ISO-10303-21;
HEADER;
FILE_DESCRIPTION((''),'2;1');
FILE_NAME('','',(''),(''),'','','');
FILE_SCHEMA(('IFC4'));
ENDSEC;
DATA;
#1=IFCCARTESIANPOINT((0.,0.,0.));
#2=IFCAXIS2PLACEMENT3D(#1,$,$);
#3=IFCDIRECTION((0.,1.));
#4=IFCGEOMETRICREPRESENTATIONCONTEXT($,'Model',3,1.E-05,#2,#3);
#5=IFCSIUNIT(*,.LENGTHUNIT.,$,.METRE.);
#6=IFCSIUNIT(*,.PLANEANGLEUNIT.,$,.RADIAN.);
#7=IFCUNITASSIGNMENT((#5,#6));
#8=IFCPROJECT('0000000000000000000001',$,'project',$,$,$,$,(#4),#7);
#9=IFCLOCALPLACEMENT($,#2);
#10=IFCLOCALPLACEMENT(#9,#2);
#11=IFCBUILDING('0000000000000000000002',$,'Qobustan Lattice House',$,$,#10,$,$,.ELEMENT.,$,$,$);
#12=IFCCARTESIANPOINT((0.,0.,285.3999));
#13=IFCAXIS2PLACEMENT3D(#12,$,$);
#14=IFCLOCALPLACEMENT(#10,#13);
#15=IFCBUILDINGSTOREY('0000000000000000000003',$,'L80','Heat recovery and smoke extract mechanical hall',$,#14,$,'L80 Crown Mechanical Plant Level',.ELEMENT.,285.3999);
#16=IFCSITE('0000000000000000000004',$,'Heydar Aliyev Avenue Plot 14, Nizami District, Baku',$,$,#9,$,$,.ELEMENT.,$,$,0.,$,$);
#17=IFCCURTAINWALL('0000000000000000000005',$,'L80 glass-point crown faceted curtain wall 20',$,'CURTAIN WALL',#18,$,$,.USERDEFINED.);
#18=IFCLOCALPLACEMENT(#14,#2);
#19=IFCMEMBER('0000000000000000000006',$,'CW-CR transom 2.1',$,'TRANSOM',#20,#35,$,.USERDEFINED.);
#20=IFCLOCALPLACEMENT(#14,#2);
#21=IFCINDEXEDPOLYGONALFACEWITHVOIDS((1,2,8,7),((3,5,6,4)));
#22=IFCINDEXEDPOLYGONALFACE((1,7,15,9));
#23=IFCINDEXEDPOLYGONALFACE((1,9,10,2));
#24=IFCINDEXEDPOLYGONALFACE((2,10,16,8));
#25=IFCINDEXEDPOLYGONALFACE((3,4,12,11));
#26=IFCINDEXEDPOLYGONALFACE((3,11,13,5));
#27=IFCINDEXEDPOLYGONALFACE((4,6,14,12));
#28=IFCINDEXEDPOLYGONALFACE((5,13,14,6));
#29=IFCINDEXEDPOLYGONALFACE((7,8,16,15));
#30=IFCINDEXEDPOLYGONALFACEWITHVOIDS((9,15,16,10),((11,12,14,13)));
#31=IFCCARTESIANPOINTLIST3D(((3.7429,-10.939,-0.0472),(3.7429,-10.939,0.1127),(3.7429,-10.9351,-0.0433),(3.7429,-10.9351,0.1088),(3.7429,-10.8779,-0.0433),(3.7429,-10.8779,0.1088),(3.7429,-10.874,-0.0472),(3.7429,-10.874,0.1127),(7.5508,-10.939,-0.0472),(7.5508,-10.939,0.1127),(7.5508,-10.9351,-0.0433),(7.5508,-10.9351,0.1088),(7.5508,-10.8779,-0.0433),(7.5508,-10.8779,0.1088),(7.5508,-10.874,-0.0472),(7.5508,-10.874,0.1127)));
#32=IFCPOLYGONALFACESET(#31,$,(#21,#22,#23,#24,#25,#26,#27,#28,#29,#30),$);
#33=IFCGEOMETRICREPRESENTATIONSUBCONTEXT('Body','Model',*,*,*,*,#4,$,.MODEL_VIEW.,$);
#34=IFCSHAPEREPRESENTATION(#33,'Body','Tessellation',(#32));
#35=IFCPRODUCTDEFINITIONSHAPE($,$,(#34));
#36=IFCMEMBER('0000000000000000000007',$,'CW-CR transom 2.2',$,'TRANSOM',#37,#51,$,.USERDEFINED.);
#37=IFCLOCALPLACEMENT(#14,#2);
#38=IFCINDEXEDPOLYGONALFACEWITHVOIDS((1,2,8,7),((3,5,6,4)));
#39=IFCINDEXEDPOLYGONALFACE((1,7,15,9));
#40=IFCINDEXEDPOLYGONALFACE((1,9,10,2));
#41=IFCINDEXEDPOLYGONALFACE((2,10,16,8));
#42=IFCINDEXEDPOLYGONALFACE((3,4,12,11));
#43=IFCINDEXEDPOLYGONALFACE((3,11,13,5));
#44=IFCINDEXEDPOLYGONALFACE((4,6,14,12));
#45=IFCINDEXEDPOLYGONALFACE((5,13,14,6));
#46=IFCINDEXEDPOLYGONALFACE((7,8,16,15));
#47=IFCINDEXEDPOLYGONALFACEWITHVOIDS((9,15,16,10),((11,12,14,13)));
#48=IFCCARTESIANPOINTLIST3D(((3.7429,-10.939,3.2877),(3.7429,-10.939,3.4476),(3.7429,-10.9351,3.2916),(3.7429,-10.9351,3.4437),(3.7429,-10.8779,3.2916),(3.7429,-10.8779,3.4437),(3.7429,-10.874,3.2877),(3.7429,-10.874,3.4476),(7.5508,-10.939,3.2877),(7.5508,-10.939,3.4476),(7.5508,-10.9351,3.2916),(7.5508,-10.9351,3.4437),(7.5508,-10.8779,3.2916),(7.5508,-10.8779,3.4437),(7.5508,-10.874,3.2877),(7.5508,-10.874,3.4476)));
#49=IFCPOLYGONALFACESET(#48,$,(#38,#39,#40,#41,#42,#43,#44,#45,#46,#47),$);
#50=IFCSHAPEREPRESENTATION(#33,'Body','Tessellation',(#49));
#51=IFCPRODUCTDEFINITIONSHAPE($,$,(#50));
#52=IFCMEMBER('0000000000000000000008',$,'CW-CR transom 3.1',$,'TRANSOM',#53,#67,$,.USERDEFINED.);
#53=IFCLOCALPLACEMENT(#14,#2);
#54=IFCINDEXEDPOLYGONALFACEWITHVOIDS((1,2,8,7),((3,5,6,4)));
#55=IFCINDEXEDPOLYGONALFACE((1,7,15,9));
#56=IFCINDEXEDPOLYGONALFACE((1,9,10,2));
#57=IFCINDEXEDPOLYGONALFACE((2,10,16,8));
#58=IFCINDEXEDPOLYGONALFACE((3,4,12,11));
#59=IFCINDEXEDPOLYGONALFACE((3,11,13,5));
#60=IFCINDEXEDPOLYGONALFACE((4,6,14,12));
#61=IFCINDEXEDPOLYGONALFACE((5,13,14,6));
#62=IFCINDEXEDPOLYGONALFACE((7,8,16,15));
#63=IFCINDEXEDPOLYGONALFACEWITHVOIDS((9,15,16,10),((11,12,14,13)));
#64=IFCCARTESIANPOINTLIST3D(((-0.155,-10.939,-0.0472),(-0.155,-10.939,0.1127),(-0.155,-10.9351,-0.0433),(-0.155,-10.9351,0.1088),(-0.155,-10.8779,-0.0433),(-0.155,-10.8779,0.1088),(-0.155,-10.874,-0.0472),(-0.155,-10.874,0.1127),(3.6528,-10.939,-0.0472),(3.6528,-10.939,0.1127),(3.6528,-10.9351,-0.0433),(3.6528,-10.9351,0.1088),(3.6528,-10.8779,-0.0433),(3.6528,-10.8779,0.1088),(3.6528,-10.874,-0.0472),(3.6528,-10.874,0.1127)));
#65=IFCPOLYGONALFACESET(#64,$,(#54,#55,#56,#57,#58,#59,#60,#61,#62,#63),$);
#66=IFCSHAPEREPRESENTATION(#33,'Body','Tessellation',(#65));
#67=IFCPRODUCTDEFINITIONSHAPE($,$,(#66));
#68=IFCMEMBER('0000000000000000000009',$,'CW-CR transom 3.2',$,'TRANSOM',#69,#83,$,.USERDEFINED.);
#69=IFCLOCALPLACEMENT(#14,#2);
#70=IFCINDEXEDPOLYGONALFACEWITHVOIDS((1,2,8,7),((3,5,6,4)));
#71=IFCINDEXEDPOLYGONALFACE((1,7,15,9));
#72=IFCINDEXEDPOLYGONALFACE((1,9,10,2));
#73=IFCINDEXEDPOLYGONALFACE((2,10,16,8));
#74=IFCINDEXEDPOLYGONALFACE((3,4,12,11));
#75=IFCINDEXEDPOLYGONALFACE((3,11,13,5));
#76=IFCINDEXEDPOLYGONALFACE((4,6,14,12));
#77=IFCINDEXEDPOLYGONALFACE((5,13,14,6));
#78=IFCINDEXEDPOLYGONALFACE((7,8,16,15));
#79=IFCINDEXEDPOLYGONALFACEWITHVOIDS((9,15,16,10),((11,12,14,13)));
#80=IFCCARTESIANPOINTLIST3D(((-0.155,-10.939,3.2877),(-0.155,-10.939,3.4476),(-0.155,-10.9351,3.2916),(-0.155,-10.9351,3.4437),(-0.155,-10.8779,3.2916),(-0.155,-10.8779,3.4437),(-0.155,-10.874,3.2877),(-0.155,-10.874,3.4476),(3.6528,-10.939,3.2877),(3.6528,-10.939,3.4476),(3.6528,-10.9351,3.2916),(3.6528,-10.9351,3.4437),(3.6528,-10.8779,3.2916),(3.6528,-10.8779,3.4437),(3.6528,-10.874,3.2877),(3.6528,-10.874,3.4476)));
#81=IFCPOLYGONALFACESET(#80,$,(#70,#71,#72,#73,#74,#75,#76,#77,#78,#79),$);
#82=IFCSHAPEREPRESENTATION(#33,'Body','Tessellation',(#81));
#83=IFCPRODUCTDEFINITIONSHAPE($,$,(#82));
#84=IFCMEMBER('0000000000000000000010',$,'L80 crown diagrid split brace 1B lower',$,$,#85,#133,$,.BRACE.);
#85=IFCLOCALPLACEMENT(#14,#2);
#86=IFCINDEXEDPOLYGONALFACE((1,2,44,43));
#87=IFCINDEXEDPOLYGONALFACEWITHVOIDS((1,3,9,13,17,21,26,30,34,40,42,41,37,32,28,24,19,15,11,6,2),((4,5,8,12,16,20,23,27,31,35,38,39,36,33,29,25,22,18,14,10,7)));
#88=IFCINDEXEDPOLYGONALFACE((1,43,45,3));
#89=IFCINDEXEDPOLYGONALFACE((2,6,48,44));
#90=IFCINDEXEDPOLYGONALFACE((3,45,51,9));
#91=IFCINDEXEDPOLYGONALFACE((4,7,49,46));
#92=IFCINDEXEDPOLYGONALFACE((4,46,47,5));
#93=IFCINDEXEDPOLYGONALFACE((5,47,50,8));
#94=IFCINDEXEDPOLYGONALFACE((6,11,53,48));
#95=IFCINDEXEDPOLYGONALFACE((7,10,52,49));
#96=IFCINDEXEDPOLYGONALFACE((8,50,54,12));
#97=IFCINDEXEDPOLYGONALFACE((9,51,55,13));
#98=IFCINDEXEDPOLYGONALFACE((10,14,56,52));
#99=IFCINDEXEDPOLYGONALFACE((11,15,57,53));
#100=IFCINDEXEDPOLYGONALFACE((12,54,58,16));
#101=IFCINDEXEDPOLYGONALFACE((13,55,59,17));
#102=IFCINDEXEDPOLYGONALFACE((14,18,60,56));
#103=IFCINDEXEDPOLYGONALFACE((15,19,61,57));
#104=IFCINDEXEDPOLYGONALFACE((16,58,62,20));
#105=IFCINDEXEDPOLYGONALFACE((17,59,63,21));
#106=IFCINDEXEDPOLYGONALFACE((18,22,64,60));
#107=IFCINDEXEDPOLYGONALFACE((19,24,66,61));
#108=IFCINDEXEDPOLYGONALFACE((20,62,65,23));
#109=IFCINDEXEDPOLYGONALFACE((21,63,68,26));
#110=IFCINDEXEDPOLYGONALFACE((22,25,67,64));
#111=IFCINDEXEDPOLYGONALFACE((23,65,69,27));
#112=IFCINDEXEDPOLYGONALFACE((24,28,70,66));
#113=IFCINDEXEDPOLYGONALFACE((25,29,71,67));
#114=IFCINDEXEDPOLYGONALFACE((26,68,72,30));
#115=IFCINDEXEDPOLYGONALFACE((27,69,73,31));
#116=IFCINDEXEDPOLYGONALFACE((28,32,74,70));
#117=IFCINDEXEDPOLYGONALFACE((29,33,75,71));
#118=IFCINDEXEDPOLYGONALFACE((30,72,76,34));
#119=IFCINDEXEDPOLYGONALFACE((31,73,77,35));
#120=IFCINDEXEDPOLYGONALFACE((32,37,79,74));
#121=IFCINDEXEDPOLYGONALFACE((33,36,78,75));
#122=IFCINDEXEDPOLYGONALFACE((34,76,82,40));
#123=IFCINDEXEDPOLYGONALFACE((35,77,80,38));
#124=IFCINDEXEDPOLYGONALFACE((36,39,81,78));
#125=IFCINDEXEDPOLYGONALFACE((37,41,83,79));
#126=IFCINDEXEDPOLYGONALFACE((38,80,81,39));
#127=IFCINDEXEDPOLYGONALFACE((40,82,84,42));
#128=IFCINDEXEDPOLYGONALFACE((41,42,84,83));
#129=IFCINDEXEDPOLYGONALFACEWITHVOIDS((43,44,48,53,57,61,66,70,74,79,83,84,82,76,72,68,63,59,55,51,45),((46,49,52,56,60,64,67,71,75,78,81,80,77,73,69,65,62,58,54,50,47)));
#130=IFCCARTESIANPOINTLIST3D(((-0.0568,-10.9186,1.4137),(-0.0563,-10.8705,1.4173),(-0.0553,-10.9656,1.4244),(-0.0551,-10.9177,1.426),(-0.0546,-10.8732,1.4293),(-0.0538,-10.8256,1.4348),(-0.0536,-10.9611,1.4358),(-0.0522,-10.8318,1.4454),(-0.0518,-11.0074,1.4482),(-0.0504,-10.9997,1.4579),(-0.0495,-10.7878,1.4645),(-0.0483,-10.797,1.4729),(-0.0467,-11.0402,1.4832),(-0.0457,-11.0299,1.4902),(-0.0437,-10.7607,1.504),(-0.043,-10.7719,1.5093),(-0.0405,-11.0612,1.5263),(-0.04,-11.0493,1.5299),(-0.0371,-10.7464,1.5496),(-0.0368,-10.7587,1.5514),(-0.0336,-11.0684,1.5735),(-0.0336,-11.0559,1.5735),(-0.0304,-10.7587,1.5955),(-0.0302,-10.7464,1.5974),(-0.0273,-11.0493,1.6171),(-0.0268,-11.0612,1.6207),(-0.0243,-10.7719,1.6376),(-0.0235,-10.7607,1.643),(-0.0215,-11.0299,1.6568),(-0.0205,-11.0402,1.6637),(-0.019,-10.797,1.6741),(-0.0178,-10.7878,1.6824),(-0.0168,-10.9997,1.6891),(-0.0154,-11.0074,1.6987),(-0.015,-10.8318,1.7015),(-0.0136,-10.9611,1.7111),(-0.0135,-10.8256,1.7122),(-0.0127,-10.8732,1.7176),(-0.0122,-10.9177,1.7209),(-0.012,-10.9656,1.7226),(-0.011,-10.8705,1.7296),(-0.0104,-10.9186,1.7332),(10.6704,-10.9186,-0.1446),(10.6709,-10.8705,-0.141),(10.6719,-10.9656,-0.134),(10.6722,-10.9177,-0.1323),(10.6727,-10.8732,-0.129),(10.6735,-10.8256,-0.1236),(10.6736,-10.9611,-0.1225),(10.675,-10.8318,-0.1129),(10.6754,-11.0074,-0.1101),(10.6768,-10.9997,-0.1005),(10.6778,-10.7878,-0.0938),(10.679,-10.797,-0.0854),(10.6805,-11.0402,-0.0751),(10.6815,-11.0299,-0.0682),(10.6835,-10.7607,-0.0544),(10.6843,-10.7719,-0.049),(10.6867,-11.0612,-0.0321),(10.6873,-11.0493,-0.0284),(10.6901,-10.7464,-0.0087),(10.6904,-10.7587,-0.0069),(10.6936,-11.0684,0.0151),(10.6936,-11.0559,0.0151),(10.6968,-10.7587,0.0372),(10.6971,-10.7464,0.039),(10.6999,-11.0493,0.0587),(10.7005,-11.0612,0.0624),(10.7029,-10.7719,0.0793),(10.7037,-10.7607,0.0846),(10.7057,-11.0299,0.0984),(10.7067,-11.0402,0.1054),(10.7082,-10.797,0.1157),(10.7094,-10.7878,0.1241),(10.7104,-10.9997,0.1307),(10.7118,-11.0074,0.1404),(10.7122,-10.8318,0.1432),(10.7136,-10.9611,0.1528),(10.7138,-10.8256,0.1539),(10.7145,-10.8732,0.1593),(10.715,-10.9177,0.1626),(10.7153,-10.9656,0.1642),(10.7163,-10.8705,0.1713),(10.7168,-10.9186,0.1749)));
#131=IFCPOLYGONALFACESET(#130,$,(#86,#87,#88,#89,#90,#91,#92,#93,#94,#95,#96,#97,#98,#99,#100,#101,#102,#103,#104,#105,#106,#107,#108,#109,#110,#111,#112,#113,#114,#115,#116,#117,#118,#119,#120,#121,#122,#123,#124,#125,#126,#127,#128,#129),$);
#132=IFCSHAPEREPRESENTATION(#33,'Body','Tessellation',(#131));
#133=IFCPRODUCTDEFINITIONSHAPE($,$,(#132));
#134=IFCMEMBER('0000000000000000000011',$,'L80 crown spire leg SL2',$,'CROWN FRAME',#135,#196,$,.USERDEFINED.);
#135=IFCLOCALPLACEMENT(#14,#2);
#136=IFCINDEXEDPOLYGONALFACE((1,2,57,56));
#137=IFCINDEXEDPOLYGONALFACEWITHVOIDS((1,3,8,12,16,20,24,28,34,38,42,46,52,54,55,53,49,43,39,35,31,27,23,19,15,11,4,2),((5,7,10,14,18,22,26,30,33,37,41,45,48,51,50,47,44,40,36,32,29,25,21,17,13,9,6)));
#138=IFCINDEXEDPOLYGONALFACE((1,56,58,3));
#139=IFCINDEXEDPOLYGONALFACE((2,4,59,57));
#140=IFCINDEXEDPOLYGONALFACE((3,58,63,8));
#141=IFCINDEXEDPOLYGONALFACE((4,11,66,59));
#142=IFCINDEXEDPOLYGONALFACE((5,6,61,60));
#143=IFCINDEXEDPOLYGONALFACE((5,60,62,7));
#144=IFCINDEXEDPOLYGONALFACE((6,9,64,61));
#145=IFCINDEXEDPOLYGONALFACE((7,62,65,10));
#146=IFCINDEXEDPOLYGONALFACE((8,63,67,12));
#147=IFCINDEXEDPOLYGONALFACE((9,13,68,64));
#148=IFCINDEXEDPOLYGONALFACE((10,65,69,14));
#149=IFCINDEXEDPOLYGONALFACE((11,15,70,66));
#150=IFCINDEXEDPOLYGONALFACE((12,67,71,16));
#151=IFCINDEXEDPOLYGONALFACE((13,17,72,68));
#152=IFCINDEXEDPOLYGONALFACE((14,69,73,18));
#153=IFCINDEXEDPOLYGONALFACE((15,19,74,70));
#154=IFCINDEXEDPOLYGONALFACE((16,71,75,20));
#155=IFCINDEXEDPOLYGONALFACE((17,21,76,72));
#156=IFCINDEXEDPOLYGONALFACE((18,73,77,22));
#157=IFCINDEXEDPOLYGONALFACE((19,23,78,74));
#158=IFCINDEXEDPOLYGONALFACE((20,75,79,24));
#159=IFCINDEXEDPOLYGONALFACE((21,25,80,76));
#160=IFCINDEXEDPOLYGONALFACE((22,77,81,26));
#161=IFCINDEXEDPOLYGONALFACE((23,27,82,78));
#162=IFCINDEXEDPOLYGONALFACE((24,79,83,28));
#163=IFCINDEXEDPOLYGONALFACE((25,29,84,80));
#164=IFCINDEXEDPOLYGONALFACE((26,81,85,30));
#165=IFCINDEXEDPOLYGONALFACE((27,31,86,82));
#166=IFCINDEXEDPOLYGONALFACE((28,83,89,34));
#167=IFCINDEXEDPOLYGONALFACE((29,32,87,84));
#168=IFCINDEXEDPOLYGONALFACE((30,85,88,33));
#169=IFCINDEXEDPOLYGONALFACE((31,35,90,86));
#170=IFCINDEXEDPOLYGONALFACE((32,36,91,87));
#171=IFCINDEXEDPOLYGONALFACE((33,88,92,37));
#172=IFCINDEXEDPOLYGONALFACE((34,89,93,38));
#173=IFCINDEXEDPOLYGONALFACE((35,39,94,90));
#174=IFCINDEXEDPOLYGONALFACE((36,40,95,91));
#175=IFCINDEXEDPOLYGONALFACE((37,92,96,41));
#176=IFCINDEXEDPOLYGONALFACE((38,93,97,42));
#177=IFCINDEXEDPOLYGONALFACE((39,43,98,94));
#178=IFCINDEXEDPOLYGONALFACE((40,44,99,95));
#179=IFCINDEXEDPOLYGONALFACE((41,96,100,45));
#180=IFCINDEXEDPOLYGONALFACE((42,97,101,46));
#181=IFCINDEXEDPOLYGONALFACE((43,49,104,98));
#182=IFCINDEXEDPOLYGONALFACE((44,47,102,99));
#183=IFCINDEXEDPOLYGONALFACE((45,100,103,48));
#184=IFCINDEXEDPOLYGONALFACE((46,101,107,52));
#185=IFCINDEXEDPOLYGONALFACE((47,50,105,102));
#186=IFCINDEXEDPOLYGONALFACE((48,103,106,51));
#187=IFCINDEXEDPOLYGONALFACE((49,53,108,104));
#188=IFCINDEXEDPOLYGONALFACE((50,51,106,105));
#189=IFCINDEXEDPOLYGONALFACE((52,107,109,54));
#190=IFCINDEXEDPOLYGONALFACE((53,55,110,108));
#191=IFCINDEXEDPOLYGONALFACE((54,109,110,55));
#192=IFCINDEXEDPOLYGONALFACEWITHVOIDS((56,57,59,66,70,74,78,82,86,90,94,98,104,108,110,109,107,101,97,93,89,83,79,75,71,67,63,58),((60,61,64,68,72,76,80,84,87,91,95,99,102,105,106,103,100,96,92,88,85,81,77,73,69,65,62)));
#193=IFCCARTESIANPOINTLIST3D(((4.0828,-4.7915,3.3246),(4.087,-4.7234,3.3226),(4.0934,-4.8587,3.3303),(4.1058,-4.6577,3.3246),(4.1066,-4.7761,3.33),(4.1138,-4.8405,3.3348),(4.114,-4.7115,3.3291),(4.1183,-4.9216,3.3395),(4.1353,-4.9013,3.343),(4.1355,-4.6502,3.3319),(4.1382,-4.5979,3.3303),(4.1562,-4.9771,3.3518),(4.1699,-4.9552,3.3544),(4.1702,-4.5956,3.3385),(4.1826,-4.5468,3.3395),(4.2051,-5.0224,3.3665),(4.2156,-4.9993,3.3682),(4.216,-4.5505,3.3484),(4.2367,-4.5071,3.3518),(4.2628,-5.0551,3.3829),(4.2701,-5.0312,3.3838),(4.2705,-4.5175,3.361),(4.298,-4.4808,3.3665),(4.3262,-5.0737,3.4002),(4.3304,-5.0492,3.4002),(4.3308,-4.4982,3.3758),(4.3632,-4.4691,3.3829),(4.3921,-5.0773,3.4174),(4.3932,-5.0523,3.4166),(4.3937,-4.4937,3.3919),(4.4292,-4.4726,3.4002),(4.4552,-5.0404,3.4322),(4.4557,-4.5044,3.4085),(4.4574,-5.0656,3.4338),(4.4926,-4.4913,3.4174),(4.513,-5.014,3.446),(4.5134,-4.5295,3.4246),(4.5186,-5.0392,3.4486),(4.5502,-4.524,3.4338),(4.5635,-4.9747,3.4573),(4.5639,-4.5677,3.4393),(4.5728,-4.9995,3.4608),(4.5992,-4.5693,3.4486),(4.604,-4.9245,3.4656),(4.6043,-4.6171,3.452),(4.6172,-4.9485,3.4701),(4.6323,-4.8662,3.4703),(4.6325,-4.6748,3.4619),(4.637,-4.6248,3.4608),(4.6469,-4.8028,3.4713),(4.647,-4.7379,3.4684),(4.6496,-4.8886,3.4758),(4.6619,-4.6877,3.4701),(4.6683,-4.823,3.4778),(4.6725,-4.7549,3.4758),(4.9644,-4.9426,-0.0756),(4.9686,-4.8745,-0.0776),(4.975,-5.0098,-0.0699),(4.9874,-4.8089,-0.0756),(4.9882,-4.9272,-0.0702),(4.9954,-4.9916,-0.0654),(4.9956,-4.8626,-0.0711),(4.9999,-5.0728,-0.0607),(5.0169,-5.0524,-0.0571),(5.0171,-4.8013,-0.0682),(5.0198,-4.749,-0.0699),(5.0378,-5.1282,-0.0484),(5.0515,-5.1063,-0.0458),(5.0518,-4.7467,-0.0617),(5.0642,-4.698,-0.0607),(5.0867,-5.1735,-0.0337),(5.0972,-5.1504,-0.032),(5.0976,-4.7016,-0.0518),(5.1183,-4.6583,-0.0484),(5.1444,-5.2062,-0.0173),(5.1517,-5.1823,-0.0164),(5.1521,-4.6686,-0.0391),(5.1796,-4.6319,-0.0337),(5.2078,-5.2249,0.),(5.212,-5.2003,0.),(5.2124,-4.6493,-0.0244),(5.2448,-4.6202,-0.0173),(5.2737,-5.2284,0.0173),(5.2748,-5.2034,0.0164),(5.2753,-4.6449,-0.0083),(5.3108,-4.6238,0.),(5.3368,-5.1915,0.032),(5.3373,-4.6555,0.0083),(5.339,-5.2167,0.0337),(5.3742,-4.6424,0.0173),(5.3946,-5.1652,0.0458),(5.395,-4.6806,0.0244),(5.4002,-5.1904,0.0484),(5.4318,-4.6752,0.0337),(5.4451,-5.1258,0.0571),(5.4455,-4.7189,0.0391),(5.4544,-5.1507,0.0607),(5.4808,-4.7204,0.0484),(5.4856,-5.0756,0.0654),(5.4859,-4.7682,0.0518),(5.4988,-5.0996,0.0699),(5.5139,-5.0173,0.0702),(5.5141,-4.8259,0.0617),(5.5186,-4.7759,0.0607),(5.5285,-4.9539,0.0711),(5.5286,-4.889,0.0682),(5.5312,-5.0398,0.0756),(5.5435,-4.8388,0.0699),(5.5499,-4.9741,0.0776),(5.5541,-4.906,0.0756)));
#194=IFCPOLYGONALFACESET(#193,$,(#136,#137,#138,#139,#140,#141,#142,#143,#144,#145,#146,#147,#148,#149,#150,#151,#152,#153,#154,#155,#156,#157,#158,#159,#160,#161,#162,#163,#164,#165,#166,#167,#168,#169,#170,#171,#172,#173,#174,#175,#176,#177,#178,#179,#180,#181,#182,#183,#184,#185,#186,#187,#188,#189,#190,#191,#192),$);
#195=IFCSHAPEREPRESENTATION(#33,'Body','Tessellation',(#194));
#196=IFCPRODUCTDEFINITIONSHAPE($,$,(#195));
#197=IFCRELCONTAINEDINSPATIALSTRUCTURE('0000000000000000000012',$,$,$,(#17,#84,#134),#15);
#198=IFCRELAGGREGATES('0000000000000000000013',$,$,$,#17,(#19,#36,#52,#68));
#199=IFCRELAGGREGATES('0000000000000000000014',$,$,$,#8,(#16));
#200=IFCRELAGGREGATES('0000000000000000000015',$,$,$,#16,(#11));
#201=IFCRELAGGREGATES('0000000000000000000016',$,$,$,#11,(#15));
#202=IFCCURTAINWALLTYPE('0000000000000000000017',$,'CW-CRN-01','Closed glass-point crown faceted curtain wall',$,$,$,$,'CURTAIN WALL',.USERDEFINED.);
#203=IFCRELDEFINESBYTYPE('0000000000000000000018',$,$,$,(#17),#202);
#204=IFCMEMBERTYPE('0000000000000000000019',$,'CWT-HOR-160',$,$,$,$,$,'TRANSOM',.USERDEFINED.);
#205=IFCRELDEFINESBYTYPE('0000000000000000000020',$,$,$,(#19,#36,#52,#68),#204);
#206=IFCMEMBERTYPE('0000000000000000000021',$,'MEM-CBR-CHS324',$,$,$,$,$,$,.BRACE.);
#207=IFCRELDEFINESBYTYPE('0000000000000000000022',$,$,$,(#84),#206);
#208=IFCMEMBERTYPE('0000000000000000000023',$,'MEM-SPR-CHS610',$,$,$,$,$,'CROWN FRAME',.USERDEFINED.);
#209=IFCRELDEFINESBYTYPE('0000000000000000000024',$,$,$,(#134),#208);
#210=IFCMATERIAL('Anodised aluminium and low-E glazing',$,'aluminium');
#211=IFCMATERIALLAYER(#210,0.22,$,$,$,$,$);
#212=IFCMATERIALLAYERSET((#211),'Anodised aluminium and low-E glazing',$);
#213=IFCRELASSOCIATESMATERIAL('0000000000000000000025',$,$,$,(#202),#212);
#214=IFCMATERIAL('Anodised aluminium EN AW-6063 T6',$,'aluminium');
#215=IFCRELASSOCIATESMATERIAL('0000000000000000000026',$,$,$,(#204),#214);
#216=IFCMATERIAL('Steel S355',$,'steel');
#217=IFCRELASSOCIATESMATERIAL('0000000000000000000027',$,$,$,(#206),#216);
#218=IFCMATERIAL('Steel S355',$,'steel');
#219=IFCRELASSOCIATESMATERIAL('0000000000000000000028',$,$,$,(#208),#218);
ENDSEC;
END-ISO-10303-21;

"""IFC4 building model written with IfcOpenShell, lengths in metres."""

from ifc_helpers import new_model, si_unit, direction, frame, origin, origin_2d, place, context, subcontext, project, spatial, hollow_rectangle, hollow_circle, extrude, material, layer, layer_set, material_profile, profile_set, type_object, element, aggregate, save


model = new_model("IFC4")

# Units and contexts
model_context = context("Model", 3, precision=1e-05, world=origin(), true_north=direction((0.0, 1.0)))
body_context = subcontext(model_context, "Body", "Model", "MODEL_VIEW")
ifc_project = project(units=[si_unit("LENGTHUNIT", "METRE"), si_unit("PLANEANGLEUNIT", "RADIAN")], contexts=[model_context])

# Site, building, storey
site_placement = place(None, origin())
site = spatial("IfcSite", under=ifc_project, at=site_placement, Name="Heydar Aliyev Avenue Plot 14, Nizami District, Baku", CompositionType="ELEMENT", RefElevation=0.0)
building_placement = place(site_placement, origin())
building = spatial("IfcBuilding", under=site, at=building_placement, Name="Qobustan Lattice House", CompositionType="ELEMENT")
storey_placement = place(building_placement, frame((0.0, 0.0, 285.3999)))
storey = spatial("IfcBuildingStorey", under=building, at=storey_placement, Name="L80", Description="Heat recovery and smoke extract mechanical hall", LongName="L80 Crown Mechanical Plant Level", CompositionType="ELEMENT", Elevation=285.3999)

# Curtain wall, members
ifc_material_1 = material(Name="Anodised aluminium and low-E glazing", Category="aluminium")
ifc_layer_1 = layer(ifc_material_1, 0.22)
ifc_layer_set_1 = layer_set([ifc_layer_1], Name="Anodised aluminium and low-E glazing")
curtain_wall_type = type_object("IfcCurtainWallType", Name="CW-CRN-01", Description="Closed glass-point crown faceted curtain wall", ElementType="CURTAIN WALL", PredefinedType="USERDEFINED", material=ifc_layer_set_1)
curtain_wall_placement = place(storey_placement, origin())
curtain_wall = element("IfcCurtainWall", 1, at=curtain_wall_placement, inside=storey, type_object=curtain_wall_type, Name="L80 glass-point crown faceted curtain wall 20", ObjectType="CURTAIN WALL", PredefinedType="USERDEFINED")
ifc_material_2 = material(Name="Anodised aluminium EN AW-6063 T6", Category="aluminium")
ifc_material_profile_1 = material_profile(ifc_material_2, hollow_rectangle(XDim=0.0649, YDim=0.1599, WallThickness=0.0039, at=origin_2d()), Name="CWT-160x65")
ifc_profile_set_1 = profile_set([ifc_material_profile_1], Name="Anodised aluminium EN AW-6063 T6")
member_type_1 = type_object("IfcMemberType", Name="CWT-HOR-160", ElementType="TRANSOM", PredefinedType="USERDEFINED", material=ifc_profile_set_1)
member_1_placement = place(storey_placement, frame((7.5508, -10.9065, 0.0327), z_axis=(-1.0, 0.0, 0.0), x_axis=(0.0, -1.0, 0.0)))
member_1 = element("IfcMember", 2, at=member_1_placement, type_object=member_type_1, Name="CW-CR transom 2.1", ObjectType="TRANSOM", PredefinedType="USERDEFINED", context=body_context, shape_type="SweptSolid", body=[
    extrude(hollow_rectangle(XDim=0.0649, YDim=0.1599, WallThickness=0.0039, at=origin_2d()), origin(), (0.0, 0.0, 1.0), 3.8079),
])
member_2_placement = place(storey_placement, frame((7.5508, -10.9065, 3.3677), z_axis=(-1.0, 0.0, 0.0), x_axis=(0.0, -1.0, 0.0)))
member_2 = element("IfcMember", 3, at=member_2_placement, type_object=member_type_1, Name="CW-CR transom 2.2", ObjectType="TRANSOM", PredefinedType="USERDEFINED", context=body_context, shape_type="SweptSolid", body=[
    extrude(hollow_rectangle(XDim=0.0649, YDim=0.1599, WallThickness=0.0039, at=origin_2d()), origin(), (0.0, 0.0, 1.0), 3.8079),
])
member_3_placement = place(storey_placement, frame((3.6528, -10.9065, 0.0327), z_axis=(-1.0, 0.0, 0.0), x_axis=(0.0, -1.0, 0.0)))
member_3 = element("IfcMember", 4, at=member_3_placement, type_object=member_type_1, Name="CW-CR transom 3.1", ObjectType="TRANSOM", PredefinedType="USERDEFINED", context=body_context, shape_type="SweptSolid", body=[
    extrude(hollow_rectangle(XDim=0.0649, YDim=0.1599, WallThickness=0.0039, at=origin_2d()), origin(), (0.0, 0.0, 1.0), 3.8079),
])
member_4_placement = place(storey_placement, frame((3.6528, -10.9065, 3.3677), z_axis=(-1.0, 0.0, 0.0), x_axis=(0.0, -1.0, 0.0)))
member_4 = element("IfcMember", 5, at=member_4_placement, type_object=member_type_1, Name="CW-CR transom 3.2", ObjectType="TRANSOM", PredefinedType="USERDEFINED", context=body_context, shape_type="SweptSolid", body=[
    extrude(hollow_rectangle(XDim=0.0649, YDim=0.1599, WallThickness=0.0039, at=origin_2d()), origin(), (0.0, 0.0, 1.0), 3.8079),
])

# Members
ifc_material_3 = material(Name="Steel S355", Category="steel")
ifc_material_profile_2 = material_profile(ifc_material_3, hollow_circle(Radius=0.1619, WallThickness=0.0125, at=origin_2d()), Name="CHS323.9x12.5")
ifc_profile_set_2 = profile_set([ifc_material_profile_2], Name="Steel S355")
member_type_2 = type_object("IfcMemberType", Name="MEM-CBR-CHS324", PredefinedType="BRACE", material=ifc_profile_set_2)
member_5_placement = place(storey_placement, frame((10.6936, -10.9065, 0.0151), z_axis=(-0.989612, 0.0, 0.143761), x_axis=(0.0, -1.0, 0.0)))
element("IfcMember", 6, at=member_5_placement, inside=storey, type_object=member_type_2, Name="L80 crown diagrid split brace 1B lower", PredefinedType="BRACE", context=body_context, shape_type="SweptSolid", body=[
    extrude(hollow_circle(Radius=0.1619, WallThickness=0.0125, at=origin_2d()), origin(), (0.0, 0.0, 1.0), 10.8398),
])
ifc_material_4 = material(Name="Steel S355", Category="steel")
ifc_material_profile_3 = material_profile(ifc_material_4, hollow_circle(Radius=0.3049, WallThickness=0.0249, at=origin_2d()), Name="CHS610x25")
ifc_profile_set_3 = profile_set([ifc_material_profile_3], Name="Steel S355")
member_type_3 = type_object("IfcMemberType", Name="MEM-SPR-CHS610", ElementType="CROWN FRAME", PredefinedType="USERDEFINED", material=ifc_profile_set_3)
member_6_placement = place(storey_placement, frame((5.2593, -4.9243, 0.0), z_axis=(-0.250749, 0.042984, 0.967097), x_axis=(-0.168956, -0.985624, 0.0)))
element("IfcMember", 7, at=member_6_placement, inside=storey, type_object=member_type_3, Name="L80 crown spire leg SL2", ObjectType="CROWN FRAME", PredefinedType="USERDEFINED", context=body_context, shape_type="SweptSolid", body=[
    extrude(hollow_circle(Radius=0.3049, WallThickness=0.0249, at=origin_2d()), origin(), (0.0, 0.0, 1.0), 3.5159),
])

aggregate(curtain_wall, [member_1, member_2, member_3, member_4])

save(model, "model.ifc")
